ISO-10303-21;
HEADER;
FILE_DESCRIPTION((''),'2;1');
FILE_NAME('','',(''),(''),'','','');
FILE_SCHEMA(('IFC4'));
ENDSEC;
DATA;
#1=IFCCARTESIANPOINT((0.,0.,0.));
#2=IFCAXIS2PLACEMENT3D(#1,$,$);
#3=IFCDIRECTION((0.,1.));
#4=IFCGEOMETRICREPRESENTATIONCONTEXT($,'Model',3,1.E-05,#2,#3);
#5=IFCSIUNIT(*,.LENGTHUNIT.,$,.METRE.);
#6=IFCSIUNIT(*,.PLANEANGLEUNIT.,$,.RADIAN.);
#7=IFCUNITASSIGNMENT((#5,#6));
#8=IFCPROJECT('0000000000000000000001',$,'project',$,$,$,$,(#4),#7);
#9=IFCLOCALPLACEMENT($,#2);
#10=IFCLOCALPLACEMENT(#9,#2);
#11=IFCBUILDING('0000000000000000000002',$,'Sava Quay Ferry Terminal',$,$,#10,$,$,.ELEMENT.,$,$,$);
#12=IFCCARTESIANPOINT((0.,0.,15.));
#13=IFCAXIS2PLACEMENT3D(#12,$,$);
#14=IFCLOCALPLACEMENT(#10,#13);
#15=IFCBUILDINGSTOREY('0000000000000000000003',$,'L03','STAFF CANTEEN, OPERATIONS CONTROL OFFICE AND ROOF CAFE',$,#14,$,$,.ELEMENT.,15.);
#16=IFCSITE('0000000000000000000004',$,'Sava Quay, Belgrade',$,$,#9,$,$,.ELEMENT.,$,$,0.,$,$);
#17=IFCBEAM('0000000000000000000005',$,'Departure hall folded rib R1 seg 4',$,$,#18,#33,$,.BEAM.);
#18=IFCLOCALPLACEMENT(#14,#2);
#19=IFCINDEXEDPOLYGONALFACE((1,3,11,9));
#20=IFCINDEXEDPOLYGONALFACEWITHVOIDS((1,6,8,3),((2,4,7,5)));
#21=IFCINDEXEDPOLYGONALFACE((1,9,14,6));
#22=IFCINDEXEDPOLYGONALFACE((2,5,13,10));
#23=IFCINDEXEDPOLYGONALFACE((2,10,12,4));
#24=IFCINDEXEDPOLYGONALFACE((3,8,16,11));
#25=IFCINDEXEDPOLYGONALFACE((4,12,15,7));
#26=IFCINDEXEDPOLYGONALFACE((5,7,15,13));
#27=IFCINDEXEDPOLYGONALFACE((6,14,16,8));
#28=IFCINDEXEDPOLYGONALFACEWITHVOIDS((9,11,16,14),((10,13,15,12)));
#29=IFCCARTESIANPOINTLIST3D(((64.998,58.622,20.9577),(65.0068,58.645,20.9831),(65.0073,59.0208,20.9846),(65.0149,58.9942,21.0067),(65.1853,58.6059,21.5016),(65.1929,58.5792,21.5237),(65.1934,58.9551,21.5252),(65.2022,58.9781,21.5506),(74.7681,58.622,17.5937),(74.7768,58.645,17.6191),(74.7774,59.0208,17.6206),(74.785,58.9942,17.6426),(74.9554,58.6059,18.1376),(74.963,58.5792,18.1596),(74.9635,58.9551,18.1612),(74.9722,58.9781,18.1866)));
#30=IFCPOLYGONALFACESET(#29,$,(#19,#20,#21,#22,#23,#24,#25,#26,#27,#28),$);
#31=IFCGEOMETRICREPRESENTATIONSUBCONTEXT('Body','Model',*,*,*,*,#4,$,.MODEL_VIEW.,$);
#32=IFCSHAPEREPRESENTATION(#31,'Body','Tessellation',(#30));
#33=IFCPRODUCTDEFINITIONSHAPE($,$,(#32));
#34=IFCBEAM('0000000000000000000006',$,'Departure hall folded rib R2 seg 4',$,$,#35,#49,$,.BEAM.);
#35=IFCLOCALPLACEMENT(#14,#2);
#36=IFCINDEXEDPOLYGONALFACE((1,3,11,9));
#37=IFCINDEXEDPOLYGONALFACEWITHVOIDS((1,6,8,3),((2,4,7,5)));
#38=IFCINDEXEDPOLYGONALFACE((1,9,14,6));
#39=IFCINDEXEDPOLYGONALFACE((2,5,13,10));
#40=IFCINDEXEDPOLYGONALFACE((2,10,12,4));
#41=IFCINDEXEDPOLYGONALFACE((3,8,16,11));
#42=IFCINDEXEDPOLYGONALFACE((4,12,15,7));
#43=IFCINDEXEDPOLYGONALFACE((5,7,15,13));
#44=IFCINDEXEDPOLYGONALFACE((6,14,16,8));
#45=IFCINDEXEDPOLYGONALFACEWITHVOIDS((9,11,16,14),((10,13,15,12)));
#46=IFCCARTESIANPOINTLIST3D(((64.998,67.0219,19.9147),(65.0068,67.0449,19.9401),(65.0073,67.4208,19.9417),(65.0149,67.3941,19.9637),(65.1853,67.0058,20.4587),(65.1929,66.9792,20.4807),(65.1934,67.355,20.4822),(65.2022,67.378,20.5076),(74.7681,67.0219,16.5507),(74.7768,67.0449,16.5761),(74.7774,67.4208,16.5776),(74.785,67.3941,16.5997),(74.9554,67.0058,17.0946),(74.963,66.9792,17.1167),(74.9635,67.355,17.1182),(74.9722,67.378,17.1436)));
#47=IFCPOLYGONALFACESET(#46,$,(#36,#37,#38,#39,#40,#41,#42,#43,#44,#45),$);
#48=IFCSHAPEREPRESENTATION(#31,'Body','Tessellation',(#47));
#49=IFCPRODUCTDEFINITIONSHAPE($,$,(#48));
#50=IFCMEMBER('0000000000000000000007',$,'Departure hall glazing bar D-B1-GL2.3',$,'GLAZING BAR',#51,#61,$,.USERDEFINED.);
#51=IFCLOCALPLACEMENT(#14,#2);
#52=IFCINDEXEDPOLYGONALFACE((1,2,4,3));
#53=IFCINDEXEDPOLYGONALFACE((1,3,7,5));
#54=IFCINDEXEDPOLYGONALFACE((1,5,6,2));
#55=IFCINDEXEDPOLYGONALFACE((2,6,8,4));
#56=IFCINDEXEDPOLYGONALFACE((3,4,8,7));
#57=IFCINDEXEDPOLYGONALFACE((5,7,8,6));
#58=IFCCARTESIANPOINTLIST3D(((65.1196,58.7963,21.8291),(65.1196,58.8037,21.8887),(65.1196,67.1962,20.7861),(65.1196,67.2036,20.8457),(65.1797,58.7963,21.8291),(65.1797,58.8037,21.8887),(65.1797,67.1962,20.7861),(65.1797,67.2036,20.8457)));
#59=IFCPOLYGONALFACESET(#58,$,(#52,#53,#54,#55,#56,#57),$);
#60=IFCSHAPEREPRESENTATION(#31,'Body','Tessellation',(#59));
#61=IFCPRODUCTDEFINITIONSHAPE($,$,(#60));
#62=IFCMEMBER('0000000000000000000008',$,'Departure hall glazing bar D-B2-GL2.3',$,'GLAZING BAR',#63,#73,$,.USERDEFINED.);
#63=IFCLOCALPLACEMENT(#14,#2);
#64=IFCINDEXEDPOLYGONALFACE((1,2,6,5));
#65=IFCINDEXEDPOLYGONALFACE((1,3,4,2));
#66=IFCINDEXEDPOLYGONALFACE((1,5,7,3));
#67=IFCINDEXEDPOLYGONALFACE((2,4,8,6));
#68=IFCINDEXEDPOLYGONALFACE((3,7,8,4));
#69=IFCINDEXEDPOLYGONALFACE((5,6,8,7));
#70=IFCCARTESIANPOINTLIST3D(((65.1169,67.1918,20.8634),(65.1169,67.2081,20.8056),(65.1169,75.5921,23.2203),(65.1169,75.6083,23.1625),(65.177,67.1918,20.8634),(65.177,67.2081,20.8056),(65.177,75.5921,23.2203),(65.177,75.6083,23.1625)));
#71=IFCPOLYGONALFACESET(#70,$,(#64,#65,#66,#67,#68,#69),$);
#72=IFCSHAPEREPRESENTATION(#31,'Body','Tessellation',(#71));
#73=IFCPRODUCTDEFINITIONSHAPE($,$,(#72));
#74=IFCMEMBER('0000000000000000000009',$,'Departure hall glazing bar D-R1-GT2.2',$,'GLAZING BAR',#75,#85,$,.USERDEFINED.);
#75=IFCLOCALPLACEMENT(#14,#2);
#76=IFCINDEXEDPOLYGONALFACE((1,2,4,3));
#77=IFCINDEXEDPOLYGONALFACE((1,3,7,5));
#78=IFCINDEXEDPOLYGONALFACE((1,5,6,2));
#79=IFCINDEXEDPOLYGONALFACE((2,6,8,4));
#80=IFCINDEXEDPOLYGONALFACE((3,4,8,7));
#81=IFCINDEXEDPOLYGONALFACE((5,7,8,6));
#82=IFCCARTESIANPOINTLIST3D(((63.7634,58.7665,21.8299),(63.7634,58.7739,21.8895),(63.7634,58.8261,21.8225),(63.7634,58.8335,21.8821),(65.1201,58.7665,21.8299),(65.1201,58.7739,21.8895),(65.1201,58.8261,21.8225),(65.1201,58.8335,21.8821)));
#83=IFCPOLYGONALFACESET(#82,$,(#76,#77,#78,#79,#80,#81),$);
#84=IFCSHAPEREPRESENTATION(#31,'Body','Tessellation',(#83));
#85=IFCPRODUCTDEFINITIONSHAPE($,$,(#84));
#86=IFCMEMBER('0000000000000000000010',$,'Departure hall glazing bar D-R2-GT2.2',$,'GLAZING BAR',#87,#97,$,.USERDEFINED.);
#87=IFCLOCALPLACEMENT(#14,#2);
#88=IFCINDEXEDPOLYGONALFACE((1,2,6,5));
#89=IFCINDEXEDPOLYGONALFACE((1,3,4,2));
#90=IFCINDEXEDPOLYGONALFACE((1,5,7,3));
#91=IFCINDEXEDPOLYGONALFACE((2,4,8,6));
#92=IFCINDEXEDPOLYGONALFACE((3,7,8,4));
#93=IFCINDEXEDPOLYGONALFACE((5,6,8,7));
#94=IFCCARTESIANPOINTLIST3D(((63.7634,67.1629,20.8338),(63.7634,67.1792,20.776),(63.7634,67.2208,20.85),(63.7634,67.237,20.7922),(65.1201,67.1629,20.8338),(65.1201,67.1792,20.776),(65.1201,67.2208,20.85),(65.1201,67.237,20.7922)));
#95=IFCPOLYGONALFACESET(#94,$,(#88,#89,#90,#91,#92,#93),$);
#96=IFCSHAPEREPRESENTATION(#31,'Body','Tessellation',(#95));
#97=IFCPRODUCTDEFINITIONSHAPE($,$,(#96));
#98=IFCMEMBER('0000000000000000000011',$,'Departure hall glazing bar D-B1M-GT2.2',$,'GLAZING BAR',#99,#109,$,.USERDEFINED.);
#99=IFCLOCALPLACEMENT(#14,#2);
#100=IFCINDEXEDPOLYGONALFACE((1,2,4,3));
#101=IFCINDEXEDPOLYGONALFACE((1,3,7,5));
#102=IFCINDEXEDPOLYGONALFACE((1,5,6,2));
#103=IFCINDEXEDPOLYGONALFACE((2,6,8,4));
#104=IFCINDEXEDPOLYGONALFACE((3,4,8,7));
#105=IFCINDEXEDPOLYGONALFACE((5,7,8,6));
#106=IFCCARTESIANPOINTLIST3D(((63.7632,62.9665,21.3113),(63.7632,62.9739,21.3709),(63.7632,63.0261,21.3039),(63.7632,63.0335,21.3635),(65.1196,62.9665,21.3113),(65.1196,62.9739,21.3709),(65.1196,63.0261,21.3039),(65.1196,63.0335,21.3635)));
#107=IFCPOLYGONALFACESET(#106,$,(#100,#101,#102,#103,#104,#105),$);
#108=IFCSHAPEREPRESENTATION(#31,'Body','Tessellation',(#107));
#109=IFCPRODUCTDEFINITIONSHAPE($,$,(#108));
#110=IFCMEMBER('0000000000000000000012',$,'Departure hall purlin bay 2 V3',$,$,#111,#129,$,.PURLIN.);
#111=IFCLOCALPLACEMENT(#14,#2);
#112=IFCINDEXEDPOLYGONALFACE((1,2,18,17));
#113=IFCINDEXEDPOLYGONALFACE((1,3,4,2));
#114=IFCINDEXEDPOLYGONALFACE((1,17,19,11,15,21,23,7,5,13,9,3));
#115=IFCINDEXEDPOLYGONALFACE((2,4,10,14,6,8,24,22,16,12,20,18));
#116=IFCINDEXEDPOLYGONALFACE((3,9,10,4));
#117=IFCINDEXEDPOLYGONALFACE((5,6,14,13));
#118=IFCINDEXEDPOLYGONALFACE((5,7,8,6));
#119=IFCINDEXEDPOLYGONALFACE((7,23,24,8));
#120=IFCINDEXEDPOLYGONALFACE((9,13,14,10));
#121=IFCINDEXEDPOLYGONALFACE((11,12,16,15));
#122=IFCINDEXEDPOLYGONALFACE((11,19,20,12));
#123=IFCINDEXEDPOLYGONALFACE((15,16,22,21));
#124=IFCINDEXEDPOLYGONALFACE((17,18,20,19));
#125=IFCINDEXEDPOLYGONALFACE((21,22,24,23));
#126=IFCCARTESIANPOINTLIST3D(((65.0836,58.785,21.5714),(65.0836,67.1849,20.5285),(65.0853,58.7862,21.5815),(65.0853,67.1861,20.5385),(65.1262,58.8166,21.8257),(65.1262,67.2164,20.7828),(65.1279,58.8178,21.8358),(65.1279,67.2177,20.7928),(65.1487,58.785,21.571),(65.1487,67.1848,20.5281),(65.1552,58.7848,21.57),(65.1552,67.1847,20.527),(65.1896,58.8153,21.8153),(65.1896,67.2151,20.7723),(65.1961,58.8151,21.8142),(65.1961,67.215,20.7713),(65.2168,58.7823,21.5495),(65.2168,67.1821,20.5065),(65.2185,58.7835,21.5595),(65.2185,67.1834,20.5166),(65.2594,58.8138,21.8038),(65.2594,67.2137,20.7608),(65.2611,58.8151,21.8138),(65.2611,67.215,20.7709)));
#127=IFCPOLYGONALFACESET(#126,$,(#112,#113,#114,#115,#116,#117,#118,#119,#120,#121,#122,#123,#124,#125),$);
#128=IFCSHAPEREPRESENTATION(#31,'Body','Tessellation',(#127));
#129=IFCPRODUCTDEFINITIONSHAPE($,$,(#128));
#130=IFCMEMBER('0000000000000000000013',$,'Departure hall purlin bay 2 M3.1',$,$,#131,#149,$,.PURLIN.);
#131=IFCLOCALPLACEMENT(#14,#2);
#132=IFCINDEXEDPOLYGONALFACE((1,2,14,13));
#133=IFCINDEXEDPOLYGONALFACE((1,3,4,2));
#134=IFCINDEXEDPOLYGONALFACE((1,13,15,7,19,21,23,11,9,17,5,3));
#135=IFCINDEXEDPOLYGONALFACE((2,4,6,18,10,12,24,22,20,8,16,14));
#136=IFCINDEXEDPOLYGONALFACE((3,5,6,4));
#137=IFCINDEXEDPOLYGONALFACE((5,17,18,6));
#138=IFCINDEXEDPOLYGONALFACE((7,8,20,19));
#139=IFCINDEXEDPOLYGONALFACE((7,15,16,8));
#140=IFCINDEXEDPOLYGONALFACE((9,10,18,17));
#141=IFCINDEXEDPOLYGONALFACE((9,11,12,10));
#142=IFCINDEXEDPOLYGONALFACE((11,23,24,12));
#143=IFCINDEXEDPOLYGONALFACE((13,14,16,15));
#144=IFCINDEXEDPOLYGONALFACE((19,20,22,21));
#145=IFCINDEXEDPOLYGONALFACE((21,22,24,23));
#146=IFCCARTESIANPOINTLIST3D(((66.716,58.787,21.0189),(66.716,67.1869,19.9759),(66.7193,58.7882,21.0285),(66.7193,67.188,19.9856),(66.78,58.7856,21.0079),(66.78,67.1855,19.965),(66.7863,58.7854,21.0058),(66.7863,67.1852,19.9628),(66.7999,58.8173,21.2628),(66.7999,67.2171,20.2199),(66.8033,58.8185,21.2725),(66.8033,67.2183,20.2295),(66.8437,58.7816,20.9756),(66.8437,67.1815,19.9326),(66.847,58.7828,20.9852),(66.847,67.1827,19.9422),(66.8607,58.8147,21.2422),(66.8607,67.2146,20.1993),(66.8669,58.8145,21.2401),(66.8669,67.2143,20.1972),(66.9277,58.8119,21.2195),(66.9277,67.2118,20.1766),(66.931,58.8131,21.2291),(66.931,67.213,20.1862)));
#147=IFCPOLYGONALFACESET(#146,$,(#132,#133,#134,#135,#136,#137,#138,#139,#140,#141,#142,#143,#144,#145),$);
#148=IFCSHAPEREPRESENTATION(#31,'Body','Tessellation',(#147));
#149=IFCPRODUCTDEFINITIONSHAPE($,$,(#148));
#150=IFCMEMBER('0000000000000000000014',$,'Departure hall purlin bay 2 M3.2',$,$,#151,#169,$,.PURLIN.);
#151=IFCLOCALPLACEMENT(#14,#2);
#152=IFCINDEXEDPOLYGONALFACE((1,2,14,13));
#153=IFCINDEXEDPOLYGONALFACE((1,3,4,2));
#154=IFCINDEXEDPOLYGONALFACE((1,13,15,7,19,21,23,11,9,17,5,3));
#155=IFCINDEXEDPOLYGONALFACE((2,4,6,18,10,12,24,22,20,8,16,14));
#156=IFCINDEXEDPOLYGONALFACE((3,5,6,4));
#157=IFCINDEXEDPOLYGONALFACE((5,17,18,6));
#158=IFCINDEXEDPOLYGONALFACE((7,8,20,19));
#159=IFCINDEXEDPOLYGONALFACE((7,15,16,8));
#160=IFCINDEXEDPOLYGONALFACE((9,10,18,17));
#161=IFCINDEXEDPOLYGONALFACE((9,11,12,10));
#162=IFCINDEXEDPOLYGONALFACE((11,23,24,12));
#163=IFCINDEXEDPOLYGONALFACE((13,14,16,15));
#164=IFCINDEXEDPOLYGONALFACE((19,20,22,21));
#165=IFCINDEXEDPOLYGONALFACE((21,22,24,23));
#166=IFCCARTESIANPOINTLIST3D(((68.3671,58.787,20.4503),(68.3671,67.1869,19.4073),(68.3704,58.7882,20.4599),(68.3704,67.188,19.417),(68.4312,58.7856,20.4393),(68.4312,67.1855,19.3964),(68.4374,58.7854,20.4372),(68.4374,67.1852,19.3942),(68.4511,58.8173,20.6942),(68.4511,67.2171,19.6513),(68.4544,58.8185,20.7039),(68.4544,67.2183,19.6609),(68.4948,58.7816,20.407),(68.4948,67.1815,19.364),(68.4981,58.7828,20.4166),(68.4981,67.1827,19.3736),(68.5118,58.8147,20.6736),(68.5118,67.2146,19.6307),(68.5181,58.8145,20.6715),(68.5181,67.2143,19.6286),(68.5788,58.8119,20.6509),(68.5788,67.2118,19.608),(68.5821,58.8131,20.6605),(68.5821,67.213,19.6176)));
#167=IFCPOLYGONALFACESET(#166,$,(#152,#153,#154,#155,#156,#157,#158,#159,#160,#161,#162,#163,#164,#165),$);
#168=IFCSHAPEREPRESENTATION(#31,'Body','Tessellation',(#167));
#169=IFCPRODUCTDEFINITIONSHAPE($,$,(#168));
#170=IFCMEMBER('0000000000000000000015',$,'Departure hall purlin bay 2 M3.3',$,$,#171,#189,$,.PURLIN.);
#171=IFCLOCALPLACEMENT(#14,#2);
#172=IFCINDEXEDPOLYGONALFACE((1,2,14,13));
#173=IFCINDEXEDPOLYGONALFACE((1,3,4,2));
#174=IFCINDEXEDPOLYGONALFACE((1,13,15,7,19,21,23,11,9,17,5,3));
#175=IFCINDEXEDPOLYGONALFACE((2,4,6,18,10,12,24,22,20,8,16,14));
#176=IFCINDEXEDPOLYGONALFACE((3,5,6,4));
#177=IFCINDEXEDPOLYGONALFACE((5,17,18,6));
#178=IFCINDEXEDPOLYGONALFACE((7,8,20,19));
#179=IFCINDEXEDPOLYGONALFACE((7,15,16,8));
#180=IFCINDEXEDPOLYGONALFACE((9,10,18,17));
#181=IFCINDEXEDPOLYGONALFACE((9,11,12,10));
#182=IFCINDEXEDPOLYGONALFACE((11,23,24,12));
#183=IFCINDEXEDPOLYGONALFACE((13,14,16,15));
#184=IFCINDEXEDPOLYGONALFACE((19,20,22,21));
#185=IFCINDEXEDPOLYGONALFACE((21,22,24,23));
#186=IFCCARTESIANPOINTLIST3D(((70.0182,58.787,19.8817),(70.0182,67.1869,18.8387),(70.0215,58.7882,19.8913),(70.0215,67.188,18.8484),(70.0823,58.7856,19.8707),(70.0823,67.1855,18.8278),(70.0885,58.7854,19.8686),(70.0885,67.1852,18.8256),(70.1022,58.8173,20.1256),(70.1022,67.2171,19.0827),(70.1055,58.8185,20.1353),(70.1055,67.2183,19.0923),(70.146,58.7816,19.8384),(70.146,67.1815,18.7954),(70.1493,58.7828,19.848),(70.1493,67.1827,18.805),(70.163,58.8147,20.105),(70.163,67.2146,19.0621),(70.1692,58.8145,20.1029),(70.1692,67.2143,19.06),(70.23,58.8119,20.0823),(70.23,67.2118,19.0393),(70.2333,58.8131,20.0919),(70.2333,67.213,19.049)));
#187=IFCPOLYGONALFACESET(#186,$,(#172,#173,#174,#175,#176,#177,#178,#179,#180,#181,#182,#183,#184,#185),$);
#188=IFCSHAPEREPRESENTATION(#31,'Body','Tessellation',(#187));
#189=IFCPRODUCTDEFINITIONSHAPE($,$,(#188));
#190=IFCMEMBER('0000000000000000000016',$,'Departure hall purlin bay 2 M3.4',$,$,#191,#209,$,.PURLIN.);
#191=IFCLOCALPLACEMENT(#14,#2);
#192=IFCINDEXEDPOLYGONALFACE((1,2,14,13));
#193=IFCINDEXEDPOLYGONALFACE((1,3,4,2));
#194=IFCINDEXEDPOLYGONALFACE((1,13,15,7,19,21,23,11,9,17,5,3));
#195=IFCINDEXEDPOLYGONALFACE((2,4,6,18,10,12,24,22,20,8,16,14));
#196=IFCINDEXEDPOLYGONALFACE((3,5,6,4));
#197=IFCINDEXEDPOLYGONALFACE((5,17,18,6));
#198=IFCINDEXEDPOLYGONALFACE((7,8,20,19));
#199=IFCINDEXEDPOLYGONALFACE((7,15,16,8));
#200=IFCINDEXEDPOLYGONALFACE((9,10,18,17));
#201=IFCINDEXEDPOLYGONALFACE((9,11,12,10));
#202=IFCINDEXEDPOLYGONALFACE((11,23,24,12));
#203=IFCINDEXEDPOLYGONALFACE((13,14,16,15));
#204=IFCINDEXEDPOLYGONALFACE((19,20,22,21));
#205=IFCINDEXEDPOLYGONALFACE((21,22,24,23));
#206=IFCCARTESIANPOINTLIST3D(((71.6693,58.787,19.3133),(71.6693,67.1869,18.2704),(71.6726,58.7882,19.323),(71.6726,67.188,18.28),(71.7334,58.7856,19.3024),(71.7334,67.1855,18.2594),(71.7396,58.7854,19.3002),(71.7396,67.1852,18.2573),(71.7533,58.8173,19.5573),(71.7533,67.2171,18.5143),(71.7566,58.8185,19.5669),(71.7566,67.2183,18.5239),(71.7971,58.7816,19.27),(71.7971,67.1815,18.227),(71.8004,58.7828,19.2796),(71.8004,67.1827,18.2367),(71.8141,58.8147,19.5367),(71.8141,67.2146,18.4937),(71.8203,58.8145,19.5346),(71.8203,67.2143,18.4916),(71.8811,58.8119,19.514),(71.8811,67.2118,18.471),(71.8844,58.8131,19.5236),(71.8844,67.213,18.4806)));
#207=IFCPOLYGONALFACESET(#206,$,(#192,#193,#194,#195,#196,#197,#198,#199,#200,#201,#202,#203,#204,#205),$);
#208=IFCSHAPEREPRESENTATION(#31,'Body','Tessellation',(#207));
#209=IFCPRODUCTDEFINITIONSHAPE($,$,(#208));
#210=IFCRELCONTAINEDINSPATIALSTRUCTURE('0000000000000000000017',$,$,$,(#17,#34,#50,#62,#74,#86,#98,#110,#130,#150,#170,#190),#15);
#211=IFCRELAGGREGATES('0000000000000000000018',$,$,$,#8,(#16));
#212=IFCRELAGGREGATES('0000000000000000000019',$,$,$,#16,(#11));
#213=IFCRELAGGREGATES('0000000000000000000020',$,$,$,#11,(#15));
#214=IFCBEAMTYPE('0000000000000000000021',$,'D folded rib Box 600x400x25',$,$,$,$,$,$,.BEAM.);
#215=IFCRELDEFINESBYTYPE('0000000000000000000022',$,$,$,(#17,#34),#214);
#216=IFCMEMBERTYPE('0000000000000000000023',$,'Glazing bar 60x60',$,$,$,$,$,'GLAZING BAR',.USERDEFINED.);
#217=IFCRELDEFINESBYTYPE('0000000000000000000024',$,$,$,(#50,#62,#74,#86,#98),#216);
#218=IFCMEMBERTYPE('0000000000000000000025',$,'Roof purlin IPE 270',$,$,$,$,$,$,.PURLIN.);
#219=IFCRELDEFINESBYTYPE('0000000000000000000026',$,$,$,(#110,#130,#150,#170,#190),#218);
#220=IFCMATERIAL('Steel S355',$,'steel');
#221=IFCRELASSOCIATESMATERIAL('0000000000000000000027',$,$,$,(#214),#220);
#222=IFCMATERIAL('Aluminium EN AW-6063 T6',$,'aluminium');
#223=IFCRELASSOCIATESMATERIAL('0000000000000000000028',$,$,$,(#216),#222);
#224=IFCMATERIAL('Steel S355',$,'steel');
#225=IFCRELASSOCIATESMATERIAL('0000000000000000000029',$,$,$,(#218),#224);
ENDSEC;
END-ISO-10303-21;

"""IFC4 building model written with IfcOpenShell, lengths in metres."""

from ifc_helpers import new_model, si_unit, direction, frame, origin, origin_2d, place, context, subcontext, project, spatial, polyline, rectangle, i_section, outline, extrude, material, material_profile, profile_set, type_object, element, save


model = new_model("IFC4")

# Units and contexts
model_context = context("Model", 3, precision=1e-05, world=origin(), true_north=direction((0.0, 1.0)))
body_context = subcontext(model_context, "Body", "Model", "MODEL_VIEW")
ifc_project = project(units=[si_unit("LENGTHUNIT", "METRE"), si_unit("PLANEANGLEUNIT", "RADIAN")], contexts=[model_context])

# Site, building, storey
site_placement = place(None, origin())
site = spatial("IfcSite", under=ifc_project, at=site_placement, Name="Sava Quay, Belgrade", CompositionType="ELEMENT", RefElevation=0.0)
building_placement = place(site_placement, origin())
building = spatial("IfcBuilding", under=site, at=building_placement, Name="Sava Quay Ferry Terminal", CompositionType="ELEMENT")
storey_placement = place(building_placement, frame((0.0, 0.0, 15.0)))
storey = spatial("IfcBuildingStorey", under=building, at=storey_placement, Name="L03", Description="STAFF CANTEEN, OPERATIONS CONTROL OFFICE AND ROOF CAFE", CompositionType="ELEMENT", Elevation=15.0)

# Beams
ifc_material_1 = material(Name="Steel S355", Category="steel")
ifc_material_profile_1 = material_profile(ifc_material_1, outline(polyline([(-0.2, -0.3), (0.2, -0.3), (0.2, 0.3), (-0.2, 0.3), (-0.2, -0.3)]), holes=[polyline([(-0.175, -0.2749), (-0.175, 0.2749), (0.175, 0.2749), (0.175, -0.2749), (-0.175, -0.2749)])]), Name="Box 600x400x25 built-up")
ifc_profile_set_1 = profile_set([ifc_material_profile_1], Name="Steel S355")
beam_type = type_object("IfcBeamType", Name="D folded rib Box 600x400x25", PredefinedType="BEAM", material=ifc_profile_set_1)
for number, where, z_axis, x_axis, name in (
    (1, (65.1001, 58.8, 21.2542), (0.945521, 0.0, -0.325562), (0.023171, 0.997464, 0.067296), "Departure hall folded rib R1 seg 4"),
    (2, (65.1001, 67.2, 20.2112), (0.945521, 0.0, -0.325562), (0.023171, 0.997464, 0.067296), "Departure hall folded rib R2 seg 4"),
):
    element("IfcBeam", number, at=place(storey_placement, frame(where, z_axis=z_axis, x_axis=x_axis)), inside=storey, type_object=beam_type, Name=name, PredefinedType="BEAM", context=body_context, shape_type="SweptSolid", body=[
        extrude(outline(polyline([(-0.2, -0.3), (0.2, -0.3), (0.2, 0.3), (-0.2, 0.3), (-0.2, -0.3)]), holes=[polyline([(-0.175, -0.2749), (-0.175, 0.2749), (0.175, 0.2749), (0.175, -0.2749), (-0.175, -0.2749)])]), origin(), (0.0, 0.0, 1.0), 10.333),
    ])

# Members
ifc_material_2 = material(Name="Aluminium EN AW-6063 T6", Category="aluminium")
ifc_material_profile_2 = material_profile(ifc_material_2, rectangle(XDim=0.0601, YDim=0.0601, at=origin_2d()), Name="Bar 60 x 60")
ifc_profile_set_2 = profile_set([ifc_material_profile_2], Name="Aluminium EN AW-6063 T6")
member_type_1 = type_object("IfcMemberType", Name="Glazing bar 60x60", ElementType="GLAZING BAR", PredefinedType="USERDEFINED", material=ifc_profile_set_2)
member_1_placement = place(storey_placement, frame((65.1497, 58.8, 21.8589), z_axis=(0.0, 0.99238, -0.123218), x_axis=(-1.0, 0.0, 0.0)))
element("IfcMember", 3, at=member_1_placement, inside=storey, type_object=member_type_1, Name="Departure hall glazing bar D-B1-GL2.3", ObjectType="GLAZING BAR", PredefinedType="USERDEFINED", context=body_context, shape_type="SweptSolid", body=[
    extrude(rectangle(XDim=0.0601, YDim=0.0601, at=origin_2d()), origin(), (0.0, 0.0, 1.0), 8.4644),
])
member_2_placement = place(storey_placement, frame((65.147, 67.2, 20.8345), z_axis=(0.0, 0.962818, 0.27015), x_axis=(-1.0, 0.0, 0.0)))
element("IfcMember", 4, at=member_2_placement, inside=storey, type_object=member_type_1, Name="Departure hall glazing bar D-B2-GL2.3", ObjectType="GLAZING BAR", PredefinedType="USERDEFINED", context=body_context, shape_type="SweptSolid", body=[
    extrude(rectangle(XDim=0.0601, YDim=0.0601, at=origin_2d()), origin(), (0.0, 0.0, 1.0), 8.7246),
])
for number, where, z_axis, x_axis, name in (
    (5, (63.7634, 58.8, 21.856), (1.0, 0.0, 0.0), (0.0, 0.992379, -0.12322), "Departure hall glazing bar D-R1-GT2.2"),
    (6, (63.7634, 67.2, 20.813), (1.0, 0.0, 0.0), (0.0, 0.962815, 0.270161), "Departure hall glazing bar D-R2-GT2.2"),
):
    element("IfcMember", number, at=place(storey_placement, frame(where, z_axis=z_axis, x_axis=x_axis)), inside=storey, type_object=member_type_1, Name=name, ObjectType="GLAZING BAR", PredefinedType="USERDEFINED", context=body_context, shape_type="SweptSolid", body=[
        extrude(rectangle(XDim=0.0601, YDim=0.0601, at=origin_2d()), origin(), (0.0, 0.0, 1.0), 1.3567),
    ])
member_3_placement = place(storey_placement, frame((63.7632, 63.0, 21.3374), z_axis=(1.0, 0.0, 0.0), x_axis=(0.0, 0.992379, -0.12322)))
element("IfcMember", 7, at=member_3_placement, inside=storey, type_object=member_type_1, Name="Departure hall glazing bar D-B1M-GT2.2", ObjectType="GLAZING BAR", PredefinedType="USERDEFINED", context=body_context, shape_type="SweptSolid", body=[
    extrude(rectangle(XDim=0.0601, YDim=0.0601, at=origin_2d()), origin(), (0.0, 0.0, 1.0), 1.3564),
])
ifc_material_3 = material(Name="Steel S355", Category="steel")
ifc_material_profile_3 = material_profile(ifc_material_3, i_section(OverallWidth=0.135, OverallDepth=0.27, WebThickness=0.0066, FlangeThickness=0.0103, at=origin_2d()), Name="IPE 270")
ifc_profile_set_3 = profile_set([ifc_material_profile_3], Name="Steel S355")
member_type_2 = type_object("IfcMemberType", Name="Roof purlin IPE 270", PredefinedType="PURLIN", material=ifc_profile_set_3)
for number, where, z_axis, x_axis, name in (
    (8, (65.1724, 58.8, 21.6926), (0.0, 0.99238, -0.123218), (-0.986479, 0.020194, 0.162641), "Departure hall purlin bay 2 V3"),
    (9, (66.8235, 58.8, 21.124), (0.0, 0.99238, -0.123218), (-0.94628, 0.039842, 0.320883), "Departure hall purlin bay 2 M3.1"),
    (10, (68.4746, 58.8, 20.5554), (0.0, 0.99238, -0.123218), (-0.94628, 0.039842, 0.320883), "Departure hall purlin bay 2 M3.2"),
    (11, (70.1257, 58.8, 19.9868), (0.0, 0.99238, -0.123218), (-0.94628, 0.039842, 0.320883), "Departure hall purlin bay 2 M3.3"),
    (12, (71.7769, 58.8, 19.4185), (0.0, 0.99238, -0.123218), (-0.94628, 0.039842, 0.320883), "Departure hall purlin bay 2 M3.4"),
):
    element("IfcMember", number, at=place(storey_placement, frame(where, z_axis=z_axis, x_axis=x_axis)), inside=storey, type_object=member_type_2, Name=name, PredefinedType="PURLIN", context=body_context, shape_type="SweptSolid", body=[
        extrude(i_section(OverallWidth=0.135, OverallDepth=0.27, WebThickness=0.0066, FlangeThickness=0.0103, at=origin_2d()), origin(), (0.0, 0.0, 1.0), 8.4644),
    ])

save(model, "model.ifc")
